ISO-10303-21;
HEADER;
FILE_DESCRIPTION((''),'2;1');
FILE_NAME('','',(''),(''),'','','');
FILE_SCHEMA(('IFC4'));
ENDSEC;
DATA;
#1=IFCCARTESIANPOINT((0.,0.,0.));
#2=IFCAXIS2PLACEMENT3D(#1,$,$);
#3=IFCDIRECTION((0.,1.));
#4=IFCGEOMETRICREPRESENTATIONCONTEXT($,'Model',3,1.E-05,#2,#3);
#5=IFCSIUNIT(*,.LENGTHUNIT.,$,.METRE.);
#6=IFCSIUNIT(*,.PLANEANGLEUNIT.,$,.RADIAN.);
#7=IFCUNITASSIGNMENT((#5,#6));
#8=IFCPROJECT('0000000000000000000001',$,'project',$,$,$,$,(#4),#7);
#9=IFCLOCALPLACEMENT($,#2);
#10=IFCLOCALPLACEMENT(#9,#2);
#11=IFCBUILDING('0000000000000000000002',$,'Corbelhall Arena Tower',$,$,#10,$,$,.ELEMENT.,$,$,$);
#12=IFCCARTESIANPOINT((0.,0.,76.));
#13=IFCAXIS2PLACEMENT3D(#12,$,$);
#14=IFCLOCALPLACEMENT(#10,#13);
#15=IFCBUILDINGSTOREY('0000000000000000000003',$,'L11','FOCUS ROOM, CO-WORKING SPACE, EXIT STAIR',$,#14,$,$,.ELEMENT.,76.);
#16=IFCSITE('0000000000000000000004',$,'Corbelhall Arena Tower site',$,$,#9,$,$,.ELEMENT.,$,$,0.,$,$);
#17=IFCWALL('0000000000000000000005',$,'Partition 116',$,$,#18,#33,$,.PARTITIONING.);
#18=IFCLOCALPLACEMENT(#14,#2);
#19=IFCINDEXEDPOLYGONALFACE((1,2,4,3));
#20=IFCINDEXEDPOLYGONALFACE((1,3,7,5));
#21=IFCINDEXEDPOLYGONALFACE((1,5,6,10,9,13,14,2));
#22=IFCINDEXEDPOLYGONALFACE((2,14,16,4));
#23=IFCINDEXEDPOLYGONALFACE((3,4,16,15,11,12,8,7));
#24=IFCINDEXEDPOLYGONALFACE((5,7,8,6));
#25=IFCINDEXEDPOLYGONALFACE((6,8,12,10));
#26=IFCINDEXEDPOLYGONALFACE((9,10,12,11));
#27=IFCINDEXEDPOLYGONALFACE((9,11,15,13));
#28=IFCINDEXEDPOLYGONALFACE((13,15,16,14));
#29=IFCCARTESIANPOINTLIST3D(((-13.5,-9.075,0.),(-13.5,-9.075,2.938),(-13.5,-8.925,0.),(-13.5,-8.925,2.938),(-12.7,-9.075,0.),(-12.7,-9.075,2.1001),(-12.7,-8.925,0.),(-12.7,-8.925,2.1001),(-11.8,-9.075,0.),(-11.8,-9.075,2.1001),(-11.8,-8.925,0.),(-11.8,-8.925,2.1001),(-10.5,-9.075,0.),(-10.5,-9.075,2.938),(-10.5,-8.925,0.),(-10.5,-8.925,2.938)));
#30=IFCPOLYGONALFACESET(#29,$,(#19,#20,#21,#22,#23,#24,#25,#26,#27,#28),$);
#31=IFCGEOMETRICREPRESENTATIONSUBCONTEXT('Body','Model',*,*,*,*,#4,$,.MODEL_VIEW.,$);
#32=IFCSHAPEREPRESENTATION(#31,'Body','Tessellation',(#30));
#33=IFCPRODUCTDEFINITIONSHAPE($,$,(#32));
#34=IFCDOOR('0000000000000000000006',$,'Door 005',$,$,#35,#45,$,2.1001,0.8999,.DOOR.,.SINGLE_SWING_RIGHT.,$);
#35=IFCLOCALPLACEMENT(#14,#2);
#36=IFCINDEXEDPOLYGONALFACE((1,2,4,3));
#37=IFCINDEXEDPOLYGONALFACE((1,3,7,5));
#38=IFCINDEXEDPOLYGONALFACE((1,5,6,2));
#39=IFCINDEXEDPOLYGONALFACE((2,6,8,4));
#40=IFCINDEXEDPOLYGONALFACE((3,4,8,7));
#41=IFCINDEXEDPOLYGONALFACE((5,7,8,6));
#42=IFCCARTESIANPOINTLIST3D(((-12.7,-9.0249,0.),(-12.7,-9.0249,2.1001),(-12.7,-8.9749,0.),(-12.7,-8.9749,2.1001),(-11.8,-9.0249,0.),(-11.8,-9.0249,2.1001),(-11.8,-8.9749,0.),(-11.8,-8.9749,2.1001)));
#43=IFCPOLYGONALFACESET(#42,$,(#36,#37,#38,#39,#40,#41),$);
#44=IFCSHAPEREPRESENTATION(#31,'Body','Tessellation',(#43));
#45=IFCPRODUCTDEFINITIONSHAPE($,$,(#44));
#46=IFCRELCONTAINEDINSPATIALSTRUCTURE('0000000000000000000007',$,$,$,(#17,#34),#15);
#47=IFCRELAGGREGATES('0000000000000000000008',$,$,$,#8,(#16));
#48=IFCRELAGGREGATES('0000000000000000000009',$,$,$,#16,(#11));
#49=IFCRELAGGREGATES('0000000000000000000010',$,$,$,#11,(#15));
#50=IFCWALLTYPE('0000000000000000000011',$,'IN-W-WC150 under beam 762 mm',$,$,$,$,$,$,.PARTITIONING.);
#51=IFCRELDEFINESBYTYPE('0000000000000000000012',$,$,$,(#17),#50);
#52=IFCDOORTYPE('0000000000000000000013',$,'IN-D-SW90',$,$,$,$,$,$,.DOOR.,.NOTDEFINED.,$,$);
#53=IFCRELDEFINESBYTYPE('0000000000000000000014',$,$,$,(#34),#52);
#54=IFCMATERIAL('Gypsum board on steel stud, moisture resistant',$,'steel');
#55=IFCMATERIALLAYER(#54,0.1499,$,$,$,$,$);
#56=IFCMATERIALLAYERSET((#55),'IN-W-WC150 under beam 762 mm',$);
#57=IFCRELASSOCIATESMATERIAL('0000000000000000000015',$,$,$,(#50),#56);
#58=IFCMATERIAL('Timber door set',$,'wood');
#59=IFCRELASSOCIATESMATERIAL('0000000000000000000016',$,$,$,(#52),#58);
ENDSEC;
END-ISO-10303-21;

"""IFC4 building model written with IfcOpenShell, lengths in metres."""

from ifc_helpers import new_model, si_unit, direction, frame, frame_2d, origin, place, context, subcontext, project, spatial, rectangle, extrude, material, layer, layer_set, type_object, element, fill, save


model = new_model("IFC4")

# Units and contexts
model_context = context("Model", 3, precision=1e-05, world=origin(), true_north=direction((0.0, 1.0)))
body_context = subcontext(model_context, "Body", "Model", "MODEL_VIEW")
ifc_project = project(units=[si_unit("LENGTHUNIT", "METRE"), si_unit("PLANEANGLEUNIT", "RADIAN")], contexts=[model_context])

# Site, building, storey
site_placement = place(None, origin())
site = spatial("IfcSite", under=ifc_project, at=site_placement, Name="Corbelhall Arena Tower site", CompositionType="ELEMENT", RefElevation=0.0)
building_placement = place(site_placement, origin())
building = spatial("IfcBuilding", under=site, at=building_placement, Name="Corbelhall Arena Tower", CompositionType="ELEMENT")
storey_placement = place(building_placement, frame((0.0, 0.0, 76.0)))
storey = spatial("IfcBuildingStorey", under=building, at=storey_placement, Name="L11", Description="FOCUS ROOM, CO-WORKING SPACE, EXIT STAIR", CompositionType="ELEMENT", Elevation=76.0)

# Shared definitions
ifc_material_1 = material(Name="Gypsum board on steel stud, moisture resistant", Category="steel")
ifc_layer_1 = layer(ifc_material_1, 0.1499)
ifc_layer_set_1 = layer_set([ifc_layer_1], Name="IN-W-WC150 under beam 762 mm")
wall_type_1 = type_object("IfcWallType", Name="IN-W-WC150 under beam 762 mm", PredefinedType="PARTITIONING", material=ifc_layer_set_1)

# Wall, opening, door
wall_1_placement = place(storey_placement, frame((-10.5, -9.0, 0.0), z_axis=(0.0, 0.0, 1.0), x_axis=(-1.0, 0.0, 0.0)))
wall_1 = element("IfcWall", 1, at=wall_1_placement, inside=storey, type_object=wall_type_1, Name="Partition 116", PredefinedType="PARTITIONING", context=body_context, shape_type="SweptSolid", body=[
    extrude(rectangle(XDim=3.0, YDim=0.1499, at=frame_2d((1.5, 0.0))), origin(), (0.0, 0.0, 1.0), 2.938),
])
opening_1_placement = place(wall_1_placement, frame((1.3, 0.0, 0.0)))
opening_1 = element("IfcOpeningElement", 2, at=opening_1_placement, cuts=wall_1, PredefinedType="OPENING", context=body_context, shape_type="SweptSolid", body=[
    extrude(rectangle(XDim=0.8999, YDim=2.1001, at=frame_2d((0.45, 1.05))), frame((0.0, 0.075, 0.0), z_axis=(0.0, -1.0, 0.0), x_axis=(1.0, 0.0, 0.0)), (0.0, 0.0, 1.0), 0.1499),
])
ifc_material_2 = material(Name="Timber door set", Category="wood")
door_type_1 = type_object("IfcDoorType", Name="IN-D-SW90", OperationType="NOTDEFINED", PredefinedType="DOOR", material=ifc_material_2)
door_1_placement = place(opening_1_placement, origin())
door_1 = element("IfcDoor", 3, at=door_1_placement, inside=storey, type_object=door_type_1, Name="Door 005", OperationType="SINGLE_SWING_RIGHT", OverallHeight=2.1001, OverallWidth=0.8999, PredefinedType="DOOR", context=body_context, shape_type="SweptSolid", body=[
    extrude(rectangle(XDim=0.8999, YDim=2.1001, at=frame_2d((0.45, 1.05))), frame((0.0, 0.0249, 0.0), z_axis=(0.0, -1.0, 0.0), x_axis=(1.0, 0.0, 0.0)), (0.0, 0.0, 1.0), 0.05),
])
fill(opening_1, door_1)

save(model, "model.ifc")
